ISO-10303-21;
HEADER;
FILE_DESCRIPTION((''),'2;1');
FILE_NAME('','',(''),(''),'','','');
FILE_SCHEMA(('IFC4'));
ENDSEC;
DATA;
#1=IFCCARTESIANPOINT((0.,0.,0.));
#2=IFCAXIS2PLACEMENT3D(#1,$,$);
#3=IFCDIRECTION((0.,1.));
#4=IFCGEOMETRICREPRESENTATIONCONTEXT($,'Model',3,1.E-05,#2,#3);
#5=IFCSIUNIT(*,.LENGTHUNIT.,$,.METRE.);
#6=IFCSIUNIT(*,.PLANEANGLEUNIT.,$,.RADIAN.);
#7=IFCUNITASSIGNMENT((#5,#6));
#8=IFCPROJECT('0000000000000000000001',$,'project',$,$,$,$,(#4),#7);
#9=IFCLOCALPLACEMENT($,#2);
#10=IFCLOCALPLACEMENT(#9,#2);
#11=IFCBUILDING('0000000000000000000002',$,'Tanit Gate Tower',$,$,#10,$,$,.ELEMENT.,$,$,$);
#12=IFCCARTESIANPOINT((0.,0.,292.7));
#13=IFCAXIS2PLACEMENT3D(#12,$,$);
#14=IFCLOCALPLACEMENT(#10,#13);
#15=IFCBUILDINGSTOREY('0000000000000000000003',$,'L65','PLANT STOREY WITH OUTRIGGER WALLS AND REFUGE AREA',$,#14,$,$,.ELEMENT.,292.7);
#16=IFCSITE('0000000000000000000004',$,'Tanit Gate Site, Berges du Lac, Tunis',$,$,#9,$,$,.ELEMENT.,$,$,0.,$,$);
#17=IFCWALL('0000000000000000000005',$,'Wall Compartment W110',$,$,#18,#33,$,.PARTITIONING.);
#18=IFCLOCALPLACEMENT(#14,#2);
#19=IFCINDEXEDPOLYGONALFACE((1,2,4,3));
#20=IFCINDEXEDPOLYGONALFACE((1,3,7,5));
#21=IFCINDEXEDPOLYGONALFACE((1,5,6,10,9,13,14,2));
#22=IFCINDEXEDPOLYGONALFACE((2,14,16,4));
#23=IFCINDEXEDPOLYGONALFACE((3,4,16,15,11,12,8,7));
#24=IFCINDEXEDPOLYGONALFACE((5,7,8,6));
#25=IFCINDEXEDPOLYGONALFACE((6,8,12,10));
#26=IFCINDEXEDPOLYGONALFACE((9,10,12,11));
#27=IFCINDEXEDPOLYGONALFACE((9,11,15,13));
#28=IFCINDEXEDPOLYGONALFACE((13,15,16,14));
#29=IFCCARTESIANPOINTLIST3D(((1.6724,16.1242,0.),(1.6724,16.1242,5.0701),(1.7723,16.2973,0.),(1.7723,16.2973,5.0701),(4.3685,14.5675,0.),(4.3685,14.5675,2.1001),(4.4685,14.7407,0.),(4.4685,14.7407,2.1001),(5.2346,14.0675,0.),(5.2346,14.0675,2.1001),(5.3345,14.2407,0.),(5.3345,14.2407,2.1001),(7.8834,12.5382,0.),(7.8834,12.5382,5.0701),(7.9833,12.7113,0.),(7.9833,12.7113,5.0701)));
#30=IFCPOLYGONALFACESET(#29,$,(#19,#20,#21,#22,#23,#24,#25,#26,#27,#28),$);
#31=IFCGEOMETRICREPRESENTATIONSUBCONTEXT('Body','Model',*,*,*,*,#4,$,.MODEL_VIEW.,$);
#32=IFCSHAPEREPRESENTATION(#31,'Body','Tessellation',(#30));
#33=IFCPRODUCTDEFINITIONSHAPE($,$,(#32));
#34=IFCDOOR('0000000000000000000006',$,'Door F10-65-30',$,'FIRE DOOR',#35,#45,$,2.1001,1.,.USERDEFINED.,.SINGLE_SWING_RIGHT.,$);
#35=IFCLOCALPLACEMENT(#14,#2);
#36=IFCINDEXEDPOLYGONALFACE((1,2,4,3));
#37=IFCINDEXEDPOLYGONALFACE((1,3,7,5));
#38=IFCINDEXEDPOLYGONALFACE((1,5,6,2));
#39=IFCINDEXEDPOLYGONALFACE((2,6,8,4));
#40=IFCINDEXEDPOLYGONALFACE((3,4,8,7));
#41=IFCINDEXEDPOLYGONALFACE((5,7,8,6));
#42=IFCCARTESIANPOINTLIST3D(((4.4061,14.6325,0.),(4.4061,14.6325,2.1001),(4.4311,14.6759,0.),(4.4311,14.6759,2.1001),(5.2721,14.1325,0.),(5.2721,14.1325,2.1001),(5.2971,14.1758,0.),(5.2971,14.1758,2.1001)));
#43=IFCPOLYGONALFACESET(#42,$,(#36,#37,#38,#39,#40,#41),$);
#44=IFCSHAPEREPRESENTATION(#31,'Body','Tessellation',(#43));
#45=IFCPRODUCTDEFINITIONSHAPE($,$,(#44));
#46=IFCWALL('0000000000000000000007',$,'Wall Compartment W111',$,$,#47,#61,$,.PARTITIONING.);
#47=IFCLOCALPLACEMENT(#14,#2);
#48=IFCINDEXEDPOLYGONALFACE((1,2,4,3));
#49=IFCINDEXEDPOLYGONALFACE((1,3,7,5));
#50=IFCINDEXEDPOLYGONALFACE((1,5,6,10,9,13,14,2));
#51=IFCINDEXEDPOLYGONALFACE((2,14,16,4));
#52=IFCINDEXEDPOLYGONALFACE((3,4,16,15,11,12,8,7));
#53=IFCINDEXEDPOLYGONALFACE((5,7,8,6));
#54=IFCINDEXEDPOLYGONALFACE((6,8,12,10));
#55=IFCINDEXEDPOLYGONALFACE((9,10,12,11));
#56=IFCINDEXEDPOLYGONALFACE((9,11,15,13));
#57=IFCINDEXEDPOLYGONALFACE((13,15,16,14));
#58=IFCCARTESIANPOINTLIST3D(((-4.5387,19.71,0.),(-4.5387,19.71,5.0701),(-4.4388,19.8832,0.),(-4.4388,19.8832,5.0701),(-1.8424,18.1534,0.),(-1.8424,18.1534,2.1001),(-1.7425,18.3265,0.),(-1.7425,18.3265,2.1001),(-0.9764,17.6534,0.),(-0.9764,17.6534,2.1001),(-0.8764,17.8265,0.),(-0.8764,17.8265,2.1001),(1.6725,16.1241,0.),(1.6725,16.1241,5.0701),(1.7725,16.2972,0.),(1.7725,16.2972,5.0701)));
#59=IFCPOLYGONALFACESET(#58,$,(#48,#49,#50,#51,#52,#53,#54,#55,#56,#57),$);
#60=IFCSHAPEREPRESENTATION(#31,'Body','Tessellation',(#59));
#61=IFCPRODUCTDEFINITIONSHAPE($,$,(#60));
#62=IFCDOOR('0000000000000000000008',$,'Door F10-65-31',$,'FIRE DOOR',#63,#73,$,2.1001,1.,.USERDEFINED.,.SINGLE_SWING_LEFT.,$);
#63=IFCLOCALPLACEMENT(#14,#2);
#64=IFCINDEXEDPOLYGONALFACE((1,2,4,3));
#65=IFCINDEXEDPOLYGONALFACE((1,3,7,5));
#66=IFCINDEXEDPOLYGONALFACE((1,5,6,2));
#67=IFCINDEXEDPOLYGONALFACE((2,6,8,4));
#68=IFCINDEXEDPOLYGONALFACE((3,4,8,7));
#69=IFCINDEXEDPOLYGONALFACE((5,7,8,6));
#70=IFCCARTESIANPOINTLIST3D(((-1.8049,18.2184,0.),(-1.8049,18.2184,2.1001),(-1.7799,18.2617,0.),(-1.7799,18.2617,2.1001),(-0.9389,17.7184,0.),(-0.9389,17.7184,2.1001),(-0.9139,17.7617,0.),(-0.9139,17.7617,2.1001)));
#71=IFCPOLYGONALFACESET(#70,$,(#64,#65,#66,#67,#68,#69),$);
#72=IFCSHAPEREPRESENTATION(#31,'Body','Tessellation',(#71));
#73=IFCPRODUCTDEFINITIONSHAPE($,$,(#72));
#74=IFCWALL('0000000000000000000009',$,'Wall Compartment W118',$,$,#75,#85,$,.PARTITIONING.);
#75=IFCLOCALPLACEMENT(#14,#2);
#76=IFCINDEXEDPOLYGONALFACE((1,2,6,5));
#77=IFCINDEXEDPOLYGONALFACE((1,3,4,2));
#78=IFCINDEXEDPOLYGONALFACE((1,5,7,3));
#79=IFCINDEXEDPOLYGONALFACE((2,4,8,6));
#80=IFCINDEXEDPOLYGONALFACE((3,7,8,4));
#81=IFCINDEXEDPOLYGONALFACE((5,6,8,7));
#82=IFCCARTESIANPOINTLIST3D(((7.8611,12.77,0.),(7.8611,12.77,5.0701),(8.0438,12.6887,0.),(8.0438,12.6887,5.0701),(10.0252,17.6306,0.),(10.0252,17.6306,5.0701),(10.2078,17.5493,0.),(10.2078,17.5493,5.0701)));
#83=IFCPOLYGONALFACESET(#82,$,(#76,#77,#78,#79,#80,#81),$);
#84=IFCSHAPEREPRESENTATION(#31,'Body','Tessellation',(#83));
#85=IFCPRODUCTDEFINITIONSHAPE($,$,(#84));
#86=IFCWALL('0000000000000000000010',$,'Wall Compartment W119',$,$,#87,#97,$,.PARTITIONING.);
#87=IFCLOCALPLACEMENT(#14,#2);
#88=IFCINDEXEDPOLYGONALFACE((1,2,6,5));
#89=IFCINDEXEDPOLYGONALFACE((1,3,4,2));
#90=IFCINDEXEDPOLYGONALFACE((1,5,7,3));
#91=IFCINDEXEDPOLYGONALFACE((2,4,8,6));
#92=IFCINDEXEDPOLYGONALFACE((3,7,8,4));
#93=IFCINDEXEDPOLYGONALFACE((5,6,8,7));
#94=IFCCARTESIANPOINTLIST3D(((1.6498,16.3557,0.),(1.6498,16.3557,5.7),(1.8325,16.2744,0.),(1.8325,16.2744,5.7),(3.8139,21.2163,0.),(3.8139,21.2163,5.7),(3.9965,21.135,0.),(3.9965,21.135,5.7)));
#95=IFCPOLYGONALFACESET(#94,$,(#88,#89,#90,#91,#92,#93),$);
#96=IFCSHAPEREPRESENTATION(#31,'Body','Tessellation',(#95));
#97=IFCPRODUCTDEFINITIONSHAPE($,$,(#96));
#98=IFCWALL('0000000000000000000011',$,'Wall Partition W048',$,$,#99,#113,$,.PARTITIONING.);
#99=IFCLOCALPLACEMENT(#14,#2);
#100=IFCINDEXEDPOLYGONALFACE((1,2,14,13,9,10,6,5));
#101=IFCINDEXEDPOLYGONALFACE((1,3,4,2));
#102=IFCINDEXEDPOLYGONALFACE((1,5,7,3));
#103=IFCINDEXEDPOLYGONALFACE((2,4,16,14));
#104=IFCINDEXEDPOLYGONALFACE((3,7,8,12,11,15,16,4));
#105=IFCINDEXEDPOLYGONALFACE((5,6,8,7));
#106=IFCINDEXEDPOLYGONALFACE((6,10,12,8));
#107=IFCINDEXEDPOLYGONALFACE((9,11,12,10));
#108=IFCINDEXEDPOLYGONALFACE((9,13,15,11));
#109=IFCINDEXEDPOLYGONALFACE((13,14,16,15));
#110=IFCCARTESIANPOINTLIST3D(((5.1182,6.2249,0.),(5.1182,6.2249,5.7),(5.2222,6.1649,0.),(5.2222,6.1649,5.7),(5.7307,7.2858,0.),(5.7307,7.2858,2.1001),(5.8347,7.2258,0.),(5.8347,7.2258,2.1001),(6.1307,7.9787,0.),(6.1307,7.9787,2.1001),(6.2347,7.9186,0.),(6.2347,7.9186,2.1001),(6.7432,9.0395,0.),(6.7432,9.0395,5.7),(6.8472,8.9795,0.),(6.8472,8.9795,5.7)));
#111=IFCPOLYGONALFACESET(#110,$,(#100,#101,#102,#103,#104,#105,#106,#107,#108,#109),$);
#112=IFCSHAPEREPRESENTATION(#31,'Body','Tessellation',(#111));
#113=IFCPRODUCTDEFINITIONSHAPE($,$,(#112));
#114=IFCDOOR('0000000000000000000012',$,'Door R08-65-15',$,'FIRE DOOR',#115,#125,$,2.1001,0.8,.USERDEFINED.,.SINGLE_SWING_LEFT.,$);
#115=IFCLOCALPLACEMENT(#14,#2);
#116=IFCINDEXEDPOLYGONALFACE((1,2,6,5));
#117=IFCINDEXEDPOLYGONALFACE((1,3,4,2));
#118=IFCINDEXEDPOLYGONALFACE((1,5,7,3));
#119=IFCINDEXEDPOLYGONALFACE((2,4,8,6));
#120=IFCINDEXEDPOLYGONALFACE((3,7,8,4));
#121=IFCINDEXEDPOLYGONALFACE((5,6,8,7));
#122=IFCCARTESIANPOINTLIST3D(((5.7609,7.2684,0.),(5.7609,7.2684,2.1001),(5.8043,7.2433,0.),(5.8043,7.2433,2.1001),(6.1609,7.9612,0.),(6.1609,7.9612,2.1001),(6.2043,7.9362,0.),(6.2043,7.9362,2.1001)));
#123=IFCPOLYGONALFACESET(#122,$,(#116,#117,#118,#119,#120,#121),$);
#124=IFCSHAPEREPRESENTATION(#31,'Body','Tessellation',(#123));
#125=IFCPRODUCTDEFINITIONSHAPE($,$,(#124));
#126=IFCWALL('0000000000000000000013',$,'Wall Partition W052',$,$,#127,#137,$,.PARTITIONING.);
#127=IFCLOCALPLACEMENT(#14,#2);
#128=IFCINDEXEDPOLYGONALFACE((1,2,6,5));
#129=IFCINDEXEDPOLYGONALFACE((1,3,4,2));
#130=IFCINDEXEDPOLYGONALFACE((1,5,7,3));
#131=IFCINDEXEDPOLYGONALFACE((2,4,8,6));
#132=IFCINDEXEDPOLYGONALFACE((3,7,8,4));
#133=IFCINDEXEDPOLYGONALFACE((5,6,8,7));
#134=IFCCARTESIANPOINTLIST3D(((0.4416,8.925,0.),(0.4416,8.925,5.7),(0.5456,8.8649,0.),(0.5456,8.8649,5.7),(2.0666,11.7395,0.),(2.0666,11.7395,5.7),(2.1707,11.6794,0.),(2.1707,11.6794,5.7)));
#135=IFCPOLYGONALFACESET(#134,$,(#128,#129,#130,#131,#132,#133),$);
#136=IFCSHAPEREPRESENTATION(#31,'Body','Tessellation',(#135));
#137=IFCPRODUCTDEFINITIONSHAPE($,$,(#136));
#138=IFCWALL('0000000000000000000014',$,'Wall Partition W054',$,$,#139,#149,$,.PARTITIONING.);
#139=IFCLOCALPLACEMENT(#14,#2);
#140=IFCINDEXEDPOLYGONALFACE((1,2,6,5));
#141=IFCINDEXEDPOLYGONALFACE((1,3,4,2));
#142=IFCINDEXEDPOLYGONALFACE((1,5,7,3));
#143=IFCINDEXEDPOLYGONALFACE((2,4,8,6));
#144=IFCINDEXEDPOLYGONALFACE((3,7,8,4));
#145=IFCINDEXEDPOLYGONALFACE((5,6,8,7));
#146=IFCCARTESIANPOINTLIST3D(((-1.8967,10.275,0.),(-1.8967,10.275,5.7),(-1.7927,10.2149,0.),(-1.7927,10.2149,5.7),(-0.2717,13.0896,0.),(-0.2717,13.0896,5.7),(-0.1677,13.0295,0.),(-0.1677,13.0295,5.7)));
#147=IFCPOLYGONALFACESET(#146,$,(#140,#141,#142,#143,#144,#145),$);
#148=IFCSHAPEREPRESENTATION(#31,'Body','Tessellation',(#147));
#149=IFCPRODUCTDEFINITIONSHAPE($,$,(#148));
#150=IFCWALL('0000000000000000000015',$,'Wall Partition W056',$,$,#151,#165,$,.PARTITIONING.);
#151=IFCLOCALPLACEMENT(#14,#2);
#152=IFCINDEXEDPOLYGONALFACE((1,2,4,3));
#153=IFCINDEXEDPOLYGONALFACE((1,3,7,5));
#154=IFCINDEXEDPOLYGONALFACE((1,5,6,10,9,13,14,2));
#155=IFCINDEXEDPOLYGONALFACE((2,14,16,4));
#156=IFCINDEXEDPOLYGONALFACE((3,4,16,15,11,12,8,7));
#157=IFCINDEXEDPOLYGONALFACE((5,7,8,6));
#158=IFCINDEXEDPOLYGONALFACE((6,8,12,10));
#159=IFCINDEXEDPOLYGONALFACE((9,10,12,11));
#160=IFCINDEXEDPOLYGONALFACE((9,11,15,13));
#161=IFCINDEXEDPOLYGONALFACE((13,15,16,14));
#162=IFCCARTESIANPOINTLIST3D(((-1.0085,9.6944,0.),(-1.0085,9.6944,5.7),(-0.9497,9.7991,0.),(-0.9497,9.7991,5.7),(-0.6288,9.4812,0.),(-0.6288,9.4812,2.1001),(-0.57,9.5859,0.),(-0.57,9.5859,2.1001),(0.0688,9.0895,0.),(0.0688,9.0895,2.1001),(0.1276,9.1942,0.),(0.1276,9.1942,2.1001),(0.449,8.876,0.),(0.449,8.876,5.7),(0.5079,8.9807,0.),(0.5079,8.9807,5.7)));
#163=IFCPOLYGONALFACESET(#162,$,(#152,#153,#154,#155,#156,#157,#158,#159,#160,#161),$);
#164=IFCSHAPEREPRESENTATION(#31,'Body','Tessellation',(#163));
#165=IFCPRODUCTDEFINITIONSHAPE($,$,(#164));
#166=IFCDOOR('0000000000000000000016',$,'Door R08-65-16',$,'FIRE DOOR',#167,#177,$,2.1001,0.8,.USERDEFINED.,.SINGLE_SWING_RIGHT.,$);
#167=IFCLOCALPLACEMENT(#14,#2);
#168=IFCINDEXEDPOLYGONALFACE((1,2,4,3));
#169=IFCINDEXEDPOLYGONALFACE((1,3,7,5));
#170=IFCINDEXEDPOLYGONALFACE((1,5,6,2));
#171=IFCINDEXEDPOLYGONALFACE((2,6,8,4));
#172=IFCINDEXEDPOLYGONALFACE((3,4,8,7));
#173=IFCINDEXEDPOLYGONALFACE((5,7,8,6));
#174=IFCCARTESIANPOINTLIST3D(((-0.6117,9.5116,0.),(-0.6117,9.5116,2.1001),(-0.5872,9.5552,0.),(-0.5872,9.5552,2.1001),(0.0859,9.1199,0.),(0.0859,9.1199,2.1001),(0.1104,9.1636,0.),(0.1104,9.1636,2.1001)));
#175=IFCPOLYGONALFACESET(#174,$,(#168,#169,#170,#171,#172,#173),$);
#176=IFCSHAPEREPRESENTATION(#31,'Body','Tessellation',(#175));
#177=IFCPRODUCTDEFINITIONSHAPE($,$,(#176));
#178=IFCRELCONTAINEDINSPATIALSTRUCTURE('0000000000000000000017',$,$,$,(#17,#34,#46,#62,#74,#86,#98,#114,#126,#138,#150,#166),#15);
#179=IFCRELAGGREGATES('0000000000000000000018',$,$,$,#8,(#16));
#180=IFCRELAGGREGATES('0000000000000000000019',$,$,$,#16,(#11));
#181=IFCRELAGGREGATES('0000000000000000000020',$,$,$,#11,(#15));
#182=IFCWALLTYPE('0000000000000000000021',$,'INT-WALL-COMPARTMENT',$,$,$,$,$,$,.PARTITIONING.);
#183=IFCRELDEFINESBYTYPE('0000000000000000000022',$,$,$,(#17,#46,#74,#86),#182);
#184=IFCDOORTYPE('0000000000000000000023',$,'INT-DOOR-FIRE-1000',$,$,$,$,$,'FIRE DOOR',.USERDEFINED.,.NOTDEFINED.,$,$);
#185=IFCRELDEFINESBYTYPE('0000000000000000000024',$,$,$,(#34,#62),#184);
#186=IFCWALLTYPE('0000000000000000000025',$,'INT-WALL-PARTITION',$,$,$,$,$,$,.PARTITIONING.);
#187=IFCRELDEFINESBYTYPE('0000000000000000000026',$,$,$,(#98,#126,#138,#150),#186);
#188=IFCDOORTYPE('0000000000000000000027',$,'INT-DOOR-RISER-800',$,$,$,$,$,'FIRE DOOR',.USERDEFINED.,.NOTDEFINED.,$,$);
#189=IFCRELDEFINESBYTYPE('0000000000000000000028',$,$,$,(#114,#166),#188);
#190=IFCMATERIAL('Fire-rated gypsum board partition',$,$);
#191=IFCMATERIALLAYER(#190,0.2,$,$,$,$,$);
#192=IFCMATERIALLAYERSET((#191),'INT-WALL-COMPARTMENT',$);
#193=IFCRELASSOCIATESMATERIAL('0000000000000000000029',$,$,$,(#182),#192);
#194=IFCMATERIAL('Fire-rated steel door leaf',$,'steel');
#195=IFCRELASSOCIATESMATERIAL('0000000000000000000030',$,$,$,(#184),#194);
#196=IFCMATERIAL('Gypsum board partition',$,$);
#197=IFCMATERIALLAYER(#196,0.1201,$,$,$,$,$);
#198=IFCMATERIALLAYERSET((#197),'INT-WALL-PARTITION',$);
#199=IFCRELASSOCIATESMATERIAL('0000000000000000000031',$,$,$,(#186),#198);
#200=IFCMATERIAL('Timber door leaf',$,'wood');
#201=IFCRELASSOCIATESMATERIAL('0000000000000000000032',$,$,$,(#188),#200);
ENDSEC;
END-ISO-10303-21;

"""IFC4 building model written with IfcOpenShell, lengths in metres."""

from ifc_helpers import new_model, si_unit, direction, frame, frame_2d, origin, place, context, subcontext, project, spatial, rectangle, extrude, material, layer, layer_set, type_object, element, fill, save


model = new_model("IFC4")

# Units and contexts
model_context = context("Model", 3, precision=1e-05, world=origin(), true_north=direction((0.0, 1.0)))
body_context = subcontext(model_context, "Body", "Model", "MODEL_VIEW")
ifc_project = project(units=[si_unit("LENGTHUNIT", "METRE"), si_unit("PLANEANGLEUNIT", "RADIAN")], contexts=[model_context])

# Site, building, storey
site_placement = place(None, origin())
site = spatial("IfcSite", under=ifc_project, at=site_placement, Name="Tanit Gate Site, Berges du Lac, Tunis", CompositionType="ELEMENT", RefElevation=0.0)
building_placement = place(site_placement, origin())
building = spatial("IfcBuilding", under=site, at=building_placement, Name="Tanit Gate Tower", CompositionType="ELEMENT")
storey_placement = place(building_placement, frame((0.0, 0.0, 292.7)))
storey = spatial("IfcBuildingStorey", under=building, at=storey_placement, Name="L65", Description="PLANT STOREY WITH OUTRIGGER WALLS AND REFUGE AREA", CompositionType="ELEMENT", Elevation=292.7)

# Walls, openings, doors
ifc_material_1 = material(Name="Fire-rated gypsum board partition")
ifc_layer_1 = layer(ifc_material_1, 0.2)
ifc_layer_set_1 = layer_set([ifc_layer_1], Name="INT-WALL-COMPARTMENT")
wall_type_1 = type_object("IfcWallType", Name="INT-WALL-COMPARTMENT", PredefinedType="PARTITIONING", material=ifc_layer_set_1)
ifc_material_2 = material(Name="Fire-rated steel door leaf", Category="steel")
door_type_1 = type_object("IfcDoorType", Name="INT-DOOR-FIRE-1000", ElementType="FIRE DOOR", OperationType="NOTDEFINED", PredefinedType="USERDEFINED", material=ifc_material_2)
wall_1_placement = place(storey_placement, frame((7.9333, 12.6248, 0.0), z_axis=(0.0, 0.0, 1.0), x_axis=(-0.866022, 0.500005, 0.0)))
wall_1 = element("IfcWall", 1, at=wall_1_placement, inside=storey, type_object=wall_type_1, Name="Wall Compartment W110", PredefinedType="PARTITIONING", context=body_context, shape_type="SweptSolid", body=[
    extrude(rectangle(XDim=7.1719, YDim=0.2, at=frame_2d((3.5859, 0.0))), origin(), (0.0, 0.0, 1.0), 5.0701),
])
opening_1_placement = place(wall_1_placement, frame((3.0586, 0.0, 0.0)))
opening_1 = element("IfcOpeningElement", 2, at=opening_1_placement, cuts=wall_1, PredefinedType="OPENING", context=body_context, shape_type="SweptSolid", body=[
    extrude(rectangle(XDim=1.0, YDim=2.1001, at=frame_2d((0.5, 1.05))), frame((0.0, 0.1099, 0.0), z_axis=(0.0, -1.0, 0.0), x_axis=(1.0, 0.0, 0.0)), (0.0, 0.0, 1.0), 0.22),
])
door_1_placement = place(opening_1_placement, origin())
door_1 = element("IfcDoor", 3, at=door_1_placement, inside=storey, type_object=door_type_1, Name="Door F10-65-30", ObjectType="FIRE DOOR", OperationType="SINGLE_SWING_RIGHT", OverallHeight=2.1001, OverallWidth=1.0, PredefinedType="USERDEFINED", context=body_context, shape_type="SweptSolid", body=[
    extrude(rectangle(XDim=1.0, YDim=2.1001, at=frame_2d((0.5, 1.05))), frame((0.0, 0.0249, 0.0), z_axis=(0.0, -1.0, 0.0), x_axis=(1.0, 0.0, 0.0)), (0.0, 0.0, 1.0), 0.05),
])
fill(opening_1, door_1)
wall_2_placement = place(storey_placement, frame((1.7224, 16.2107, 0.0), z_axis=(0.0, 0.0, 1.0), x_axis=(-0.866031, 0.499991, 0.0)))
wall_2 = element("IfcWall", 4, at=wall_2_placement, inside=storey, type_object=wall_type_1, Name="Wall Compartment W111", PredefinedType="PARTITIONING", context=body_context, shape_type="SweptSolid", body=[
    extrude(rectangle(XDim=7.1721, YDim=0.2, at=frame_2d((3.5859, 0.0))), origin(), (0.0, 0.0, 1.0), 5.0701),
])
opening_2_placement = place(wall_2_placement, frame((3.0586, 0.0, 0.0)))
opening_2 = element("IfcOpeningElement", 5, at=opening_2_placement, cuts=wall_2, PredefinedType="OPENING", context=body_context, shape_type="SweptSolid", body=[
    extrude(rectangle(XDim=1.0, YDim=2.1001, at=frame_2d((0.5, 1.05))), frame((0.0, 0.1099, 0.0), z_axis=(0.0, -1.0, 0.0), x_axis=(1.0, 0.0, 0.0)), (0.0, 0.0, 1.0), 0.22),
])
door_2_placement = place(opening_2_placement, origin())
door_2 = element("IfcDoor", 6, at=door_2_placement, inside=storey, type_object=door_type_1, Name="Door F10-65-31", ObjectType="FIRE DOOR", OperationType="SINGLE_SWING_LEFT", OverallHeight=2.1001, OverallWidth=1.0, PredefinedType="USERDEFINED", context=body_context, shape_type="SweptSolid", body=[
    extrude(rectangle(XDim=1.0, YDim=2.1001, at=frame_2d((0.5, 1.05))), frame((0.0, 0.0249, 0.0), z_axis=(0.0, -1.0, 0.0), x_axis=(1.0, 0.0, 0.0)), (0.0, 0.0, 1.0), 0.05),
])
fill(opening_2, door_2)

# Walls
wall_3_placement = place(storey_placement, frame((10.1165, 17.5898, 0.0), z_axis=(0.0, 0.0, 1.0), x_axis=(-0.406734, -0.913546, 0.0)))
element("IfcWall", 7, at=wall_3_placement, inside=storey, type_object=wall_type_1, Name="Wall Compartment W118", PredefinedType="PARTITIONING", context=body_context, shape_type="SweptSolid", body=[
    extrude(rectangle(XDim=5.3206, YDim=0.2, at=frame_2d((2.6602, 0.0))), origin(), (0.0, 0.0, 1.0), 5.0701),
])
wall_4_placement = place(storey_placement, frame((1.7412, 16.3152, 0.0), z_axis=(0.0, 0.0, 1.0), x_axis=(0.406734, 0.913546, 0.0)))
element("IfcWall", 8, at=wall_4_placement, inside=storey, type_object=wall_type_1, Name="Wall Compartment W119", PredefinedType="PARTITIONING", context=body_context, shape_type="SweptSolid", body=[
    extrude(rectangle(XDim=5.3206, YDim=0.2, at=frame_2d((2.6602, 0.0))), origin(), (0.0, 0.0, 1.0), 5.7),
])

# Wall, opening, door
ifc_material_3 = material(Name="Gypsum board partition")
ifc_layer_2 = layer(ifc_material_3, 0.1201)
ifc_layer_set_2 = layer_set([ifc_layer_2], Name="INT-WALL-PARTITION")
wall_type_2 = type_object("IfcWallType", Name="INT-WALL-PARTITION", PredefinedType="PARTITIONING", material=ifc_layer_set_2)
wall_5_placement = place(storey_placement, frame((6.7952, 9.0095, 0.0), z_axis=(0.0, 0.0, 1.0), x_axis=(-0.499985, -0.866034, 0.0)))
wall_5 = element("IfcWall", 9, at=wall_5_placement, inside=storey, type_object=wall_type_2, Name="Wall Partition W048", PredefinedType="PARTITIONING", context=body_context, shape_type="SweptSolid", body=[
    extrude(rectangle(XDim=3.25, YDim=0.1201, at=frame_2d((1.625, 0.0))), origin(), (0.0, 0.0, 1.0), 5.7),
])
opening_3_placement = place(wall_5_placement, frame((1.2251, 0.0, 0.0)))
opening_3 = element("IfcOpeningElement", 10, at=opening_3_placement, cuts=wall_5, PredefinedType="OPENING", context=body_context, shape_type="SweptSolid", body=[
    extrude(rectangle(XDim=0.8, YDim=2.1001, at=frame_2d((0.3999, 1.05))), frame((0.0, 0.0701, 0.0), z_axis=(0.0, -1.0, 0.0), x_axis=(1.0, 0.0, 0.0)), (0.0, 0.0, 1.0), 0.1401),
])
ifc_material_4 = material(Name="Timber door leaf", Category="wood")
door_type_2 = type_object("IfcDoorType", Name="INT-DOOR-RISER-800", ElementType="FIRE DOOR", OperationType="NOTDEFINED", PredefinedType="USERDEFINED", material=ifc_material_4)
door_3_placement = place(opening_3_placement, origin())
door_3 = element("IfcDoor", 11, at=door_3_placement, inside=storey, type_object=door_type_2, Name="Door R08-65-15", ObjectType="FIRE DOOR", OperationType="SINGLE_SWING_LEFT", OverallHeight=2.1001, OverallWidth=0.8, PredefinedType="USERDEFINED", context=body_context, shape_type="SweptSolid", body=[
    extrude(rectangle(XDim=0.8, YDim=2.1001, at=frame_2d((0.3999, 1.05))), frame((0.0, 0.0249, 0.0), z_axis=(0.0, -1.0, 0.0), x_axis=(1.0, 0.0, 0.0)), (0.0, 0.0, 1.0), 0.05),
])
fill(opening_3, door_3)

# Walls
for number, where, z_axis, x_axis, name in (
    (12, (2.1187, 11.7095, 0.0), (0.0, 0.0, 1.0), (-0.500017, -0.866015, 0.0), "Wall Partition W052"),
    (13, (-0.2197, 13.0596, 0.0), (0.0, 0.0, 1.0), (-0.499985, -0.866034, 0.0), "Wall Partition W054"),
):
    element("IfcWall", number, at=place(storey_placement, frame(where, z_axis=z_axis, x_axis=x_axis)), inside=storey, type_object=wall_type_2, Name=name, PredefinedType="PARTITIONING", context=body_context, shape_type="SweptSolid", body=[
        extrude(rectangle(XDim=3.25, YDim=0.1201, at=frame_2d((1.625, 0.0))), origin(), (0.0, 0.0, 1.0), 5.7),
    ])

# Wall, opening, door
wall_6_placement = place(storey_placement, frame((-0.9792, 9.7468, 0.0), z_axis=(0.0, 0.0, 1.0), x_axis=(0.871958, -0.489582, 0.0)))
wall_6 = element("IfcWall", 14, at=wall_6_placement, inside=storey, type_object=wall_type_2, Name="Wall Partition W056", PredefinedType="PARTITIONING", context=body_context, shape_type="SweptSolid", body=[
    extrude(rectangle(XDim=1.6716, YDim=0.1201, at=frame_2d((0.8359, 0.0))), origin(), (0.0, 0.0, 1.0), 5.7),
])
opening_4_placement = place(wall_6_placement, frame((0.4358, 0.0, 0.0)))
opening_4 = element("IfcOpeningElement", 15, at=opening_4_placement, cuts=wall_6, PredefinedType="OPENING", context=body_context, shape_type="SweptSolid", body=[
    extrude(rectangle(XDim=0.8, YDim=2.1001, at=frame_2d((0.3999, 1.05))), frame((0.0, 0.0701, 0.0), z_axis=(0.0, -1.0, 0.0), x_axis=(1.0, 0.0, 0.0)), (0.0, 0.0, 1.0), 0.1401),
])
door_4_placement = place(opening_4_placement, origin())
door_4 = element("IfcDoor", 16, at=door_4_placement, inside=storey, type_object=door_type_2, Name="Door R08-65-16", ObjectType="FIRE DOOR", OperationType="SINGLE_SWING_RIGHT", OverallHeight=2.1001, OverallWidth=0.8, PredefinedType="USERDEFINED", context=body_context, shape_type="SweptSolid", body=[
    extrude(rectangle(XDim=0.8, YDim=2.1001, at=frame_2d((0.3999, 1.05))), frame((0.0, 0.0249, 0.0), z_axis=(0.0, -1.0, 0.0), x_axis=(1.0, 0.0, 0.0)), (0.0, 0.0, 1.0), 0.05),
])
fill(opening_4, door_4)

save(model, "model.ifc")
